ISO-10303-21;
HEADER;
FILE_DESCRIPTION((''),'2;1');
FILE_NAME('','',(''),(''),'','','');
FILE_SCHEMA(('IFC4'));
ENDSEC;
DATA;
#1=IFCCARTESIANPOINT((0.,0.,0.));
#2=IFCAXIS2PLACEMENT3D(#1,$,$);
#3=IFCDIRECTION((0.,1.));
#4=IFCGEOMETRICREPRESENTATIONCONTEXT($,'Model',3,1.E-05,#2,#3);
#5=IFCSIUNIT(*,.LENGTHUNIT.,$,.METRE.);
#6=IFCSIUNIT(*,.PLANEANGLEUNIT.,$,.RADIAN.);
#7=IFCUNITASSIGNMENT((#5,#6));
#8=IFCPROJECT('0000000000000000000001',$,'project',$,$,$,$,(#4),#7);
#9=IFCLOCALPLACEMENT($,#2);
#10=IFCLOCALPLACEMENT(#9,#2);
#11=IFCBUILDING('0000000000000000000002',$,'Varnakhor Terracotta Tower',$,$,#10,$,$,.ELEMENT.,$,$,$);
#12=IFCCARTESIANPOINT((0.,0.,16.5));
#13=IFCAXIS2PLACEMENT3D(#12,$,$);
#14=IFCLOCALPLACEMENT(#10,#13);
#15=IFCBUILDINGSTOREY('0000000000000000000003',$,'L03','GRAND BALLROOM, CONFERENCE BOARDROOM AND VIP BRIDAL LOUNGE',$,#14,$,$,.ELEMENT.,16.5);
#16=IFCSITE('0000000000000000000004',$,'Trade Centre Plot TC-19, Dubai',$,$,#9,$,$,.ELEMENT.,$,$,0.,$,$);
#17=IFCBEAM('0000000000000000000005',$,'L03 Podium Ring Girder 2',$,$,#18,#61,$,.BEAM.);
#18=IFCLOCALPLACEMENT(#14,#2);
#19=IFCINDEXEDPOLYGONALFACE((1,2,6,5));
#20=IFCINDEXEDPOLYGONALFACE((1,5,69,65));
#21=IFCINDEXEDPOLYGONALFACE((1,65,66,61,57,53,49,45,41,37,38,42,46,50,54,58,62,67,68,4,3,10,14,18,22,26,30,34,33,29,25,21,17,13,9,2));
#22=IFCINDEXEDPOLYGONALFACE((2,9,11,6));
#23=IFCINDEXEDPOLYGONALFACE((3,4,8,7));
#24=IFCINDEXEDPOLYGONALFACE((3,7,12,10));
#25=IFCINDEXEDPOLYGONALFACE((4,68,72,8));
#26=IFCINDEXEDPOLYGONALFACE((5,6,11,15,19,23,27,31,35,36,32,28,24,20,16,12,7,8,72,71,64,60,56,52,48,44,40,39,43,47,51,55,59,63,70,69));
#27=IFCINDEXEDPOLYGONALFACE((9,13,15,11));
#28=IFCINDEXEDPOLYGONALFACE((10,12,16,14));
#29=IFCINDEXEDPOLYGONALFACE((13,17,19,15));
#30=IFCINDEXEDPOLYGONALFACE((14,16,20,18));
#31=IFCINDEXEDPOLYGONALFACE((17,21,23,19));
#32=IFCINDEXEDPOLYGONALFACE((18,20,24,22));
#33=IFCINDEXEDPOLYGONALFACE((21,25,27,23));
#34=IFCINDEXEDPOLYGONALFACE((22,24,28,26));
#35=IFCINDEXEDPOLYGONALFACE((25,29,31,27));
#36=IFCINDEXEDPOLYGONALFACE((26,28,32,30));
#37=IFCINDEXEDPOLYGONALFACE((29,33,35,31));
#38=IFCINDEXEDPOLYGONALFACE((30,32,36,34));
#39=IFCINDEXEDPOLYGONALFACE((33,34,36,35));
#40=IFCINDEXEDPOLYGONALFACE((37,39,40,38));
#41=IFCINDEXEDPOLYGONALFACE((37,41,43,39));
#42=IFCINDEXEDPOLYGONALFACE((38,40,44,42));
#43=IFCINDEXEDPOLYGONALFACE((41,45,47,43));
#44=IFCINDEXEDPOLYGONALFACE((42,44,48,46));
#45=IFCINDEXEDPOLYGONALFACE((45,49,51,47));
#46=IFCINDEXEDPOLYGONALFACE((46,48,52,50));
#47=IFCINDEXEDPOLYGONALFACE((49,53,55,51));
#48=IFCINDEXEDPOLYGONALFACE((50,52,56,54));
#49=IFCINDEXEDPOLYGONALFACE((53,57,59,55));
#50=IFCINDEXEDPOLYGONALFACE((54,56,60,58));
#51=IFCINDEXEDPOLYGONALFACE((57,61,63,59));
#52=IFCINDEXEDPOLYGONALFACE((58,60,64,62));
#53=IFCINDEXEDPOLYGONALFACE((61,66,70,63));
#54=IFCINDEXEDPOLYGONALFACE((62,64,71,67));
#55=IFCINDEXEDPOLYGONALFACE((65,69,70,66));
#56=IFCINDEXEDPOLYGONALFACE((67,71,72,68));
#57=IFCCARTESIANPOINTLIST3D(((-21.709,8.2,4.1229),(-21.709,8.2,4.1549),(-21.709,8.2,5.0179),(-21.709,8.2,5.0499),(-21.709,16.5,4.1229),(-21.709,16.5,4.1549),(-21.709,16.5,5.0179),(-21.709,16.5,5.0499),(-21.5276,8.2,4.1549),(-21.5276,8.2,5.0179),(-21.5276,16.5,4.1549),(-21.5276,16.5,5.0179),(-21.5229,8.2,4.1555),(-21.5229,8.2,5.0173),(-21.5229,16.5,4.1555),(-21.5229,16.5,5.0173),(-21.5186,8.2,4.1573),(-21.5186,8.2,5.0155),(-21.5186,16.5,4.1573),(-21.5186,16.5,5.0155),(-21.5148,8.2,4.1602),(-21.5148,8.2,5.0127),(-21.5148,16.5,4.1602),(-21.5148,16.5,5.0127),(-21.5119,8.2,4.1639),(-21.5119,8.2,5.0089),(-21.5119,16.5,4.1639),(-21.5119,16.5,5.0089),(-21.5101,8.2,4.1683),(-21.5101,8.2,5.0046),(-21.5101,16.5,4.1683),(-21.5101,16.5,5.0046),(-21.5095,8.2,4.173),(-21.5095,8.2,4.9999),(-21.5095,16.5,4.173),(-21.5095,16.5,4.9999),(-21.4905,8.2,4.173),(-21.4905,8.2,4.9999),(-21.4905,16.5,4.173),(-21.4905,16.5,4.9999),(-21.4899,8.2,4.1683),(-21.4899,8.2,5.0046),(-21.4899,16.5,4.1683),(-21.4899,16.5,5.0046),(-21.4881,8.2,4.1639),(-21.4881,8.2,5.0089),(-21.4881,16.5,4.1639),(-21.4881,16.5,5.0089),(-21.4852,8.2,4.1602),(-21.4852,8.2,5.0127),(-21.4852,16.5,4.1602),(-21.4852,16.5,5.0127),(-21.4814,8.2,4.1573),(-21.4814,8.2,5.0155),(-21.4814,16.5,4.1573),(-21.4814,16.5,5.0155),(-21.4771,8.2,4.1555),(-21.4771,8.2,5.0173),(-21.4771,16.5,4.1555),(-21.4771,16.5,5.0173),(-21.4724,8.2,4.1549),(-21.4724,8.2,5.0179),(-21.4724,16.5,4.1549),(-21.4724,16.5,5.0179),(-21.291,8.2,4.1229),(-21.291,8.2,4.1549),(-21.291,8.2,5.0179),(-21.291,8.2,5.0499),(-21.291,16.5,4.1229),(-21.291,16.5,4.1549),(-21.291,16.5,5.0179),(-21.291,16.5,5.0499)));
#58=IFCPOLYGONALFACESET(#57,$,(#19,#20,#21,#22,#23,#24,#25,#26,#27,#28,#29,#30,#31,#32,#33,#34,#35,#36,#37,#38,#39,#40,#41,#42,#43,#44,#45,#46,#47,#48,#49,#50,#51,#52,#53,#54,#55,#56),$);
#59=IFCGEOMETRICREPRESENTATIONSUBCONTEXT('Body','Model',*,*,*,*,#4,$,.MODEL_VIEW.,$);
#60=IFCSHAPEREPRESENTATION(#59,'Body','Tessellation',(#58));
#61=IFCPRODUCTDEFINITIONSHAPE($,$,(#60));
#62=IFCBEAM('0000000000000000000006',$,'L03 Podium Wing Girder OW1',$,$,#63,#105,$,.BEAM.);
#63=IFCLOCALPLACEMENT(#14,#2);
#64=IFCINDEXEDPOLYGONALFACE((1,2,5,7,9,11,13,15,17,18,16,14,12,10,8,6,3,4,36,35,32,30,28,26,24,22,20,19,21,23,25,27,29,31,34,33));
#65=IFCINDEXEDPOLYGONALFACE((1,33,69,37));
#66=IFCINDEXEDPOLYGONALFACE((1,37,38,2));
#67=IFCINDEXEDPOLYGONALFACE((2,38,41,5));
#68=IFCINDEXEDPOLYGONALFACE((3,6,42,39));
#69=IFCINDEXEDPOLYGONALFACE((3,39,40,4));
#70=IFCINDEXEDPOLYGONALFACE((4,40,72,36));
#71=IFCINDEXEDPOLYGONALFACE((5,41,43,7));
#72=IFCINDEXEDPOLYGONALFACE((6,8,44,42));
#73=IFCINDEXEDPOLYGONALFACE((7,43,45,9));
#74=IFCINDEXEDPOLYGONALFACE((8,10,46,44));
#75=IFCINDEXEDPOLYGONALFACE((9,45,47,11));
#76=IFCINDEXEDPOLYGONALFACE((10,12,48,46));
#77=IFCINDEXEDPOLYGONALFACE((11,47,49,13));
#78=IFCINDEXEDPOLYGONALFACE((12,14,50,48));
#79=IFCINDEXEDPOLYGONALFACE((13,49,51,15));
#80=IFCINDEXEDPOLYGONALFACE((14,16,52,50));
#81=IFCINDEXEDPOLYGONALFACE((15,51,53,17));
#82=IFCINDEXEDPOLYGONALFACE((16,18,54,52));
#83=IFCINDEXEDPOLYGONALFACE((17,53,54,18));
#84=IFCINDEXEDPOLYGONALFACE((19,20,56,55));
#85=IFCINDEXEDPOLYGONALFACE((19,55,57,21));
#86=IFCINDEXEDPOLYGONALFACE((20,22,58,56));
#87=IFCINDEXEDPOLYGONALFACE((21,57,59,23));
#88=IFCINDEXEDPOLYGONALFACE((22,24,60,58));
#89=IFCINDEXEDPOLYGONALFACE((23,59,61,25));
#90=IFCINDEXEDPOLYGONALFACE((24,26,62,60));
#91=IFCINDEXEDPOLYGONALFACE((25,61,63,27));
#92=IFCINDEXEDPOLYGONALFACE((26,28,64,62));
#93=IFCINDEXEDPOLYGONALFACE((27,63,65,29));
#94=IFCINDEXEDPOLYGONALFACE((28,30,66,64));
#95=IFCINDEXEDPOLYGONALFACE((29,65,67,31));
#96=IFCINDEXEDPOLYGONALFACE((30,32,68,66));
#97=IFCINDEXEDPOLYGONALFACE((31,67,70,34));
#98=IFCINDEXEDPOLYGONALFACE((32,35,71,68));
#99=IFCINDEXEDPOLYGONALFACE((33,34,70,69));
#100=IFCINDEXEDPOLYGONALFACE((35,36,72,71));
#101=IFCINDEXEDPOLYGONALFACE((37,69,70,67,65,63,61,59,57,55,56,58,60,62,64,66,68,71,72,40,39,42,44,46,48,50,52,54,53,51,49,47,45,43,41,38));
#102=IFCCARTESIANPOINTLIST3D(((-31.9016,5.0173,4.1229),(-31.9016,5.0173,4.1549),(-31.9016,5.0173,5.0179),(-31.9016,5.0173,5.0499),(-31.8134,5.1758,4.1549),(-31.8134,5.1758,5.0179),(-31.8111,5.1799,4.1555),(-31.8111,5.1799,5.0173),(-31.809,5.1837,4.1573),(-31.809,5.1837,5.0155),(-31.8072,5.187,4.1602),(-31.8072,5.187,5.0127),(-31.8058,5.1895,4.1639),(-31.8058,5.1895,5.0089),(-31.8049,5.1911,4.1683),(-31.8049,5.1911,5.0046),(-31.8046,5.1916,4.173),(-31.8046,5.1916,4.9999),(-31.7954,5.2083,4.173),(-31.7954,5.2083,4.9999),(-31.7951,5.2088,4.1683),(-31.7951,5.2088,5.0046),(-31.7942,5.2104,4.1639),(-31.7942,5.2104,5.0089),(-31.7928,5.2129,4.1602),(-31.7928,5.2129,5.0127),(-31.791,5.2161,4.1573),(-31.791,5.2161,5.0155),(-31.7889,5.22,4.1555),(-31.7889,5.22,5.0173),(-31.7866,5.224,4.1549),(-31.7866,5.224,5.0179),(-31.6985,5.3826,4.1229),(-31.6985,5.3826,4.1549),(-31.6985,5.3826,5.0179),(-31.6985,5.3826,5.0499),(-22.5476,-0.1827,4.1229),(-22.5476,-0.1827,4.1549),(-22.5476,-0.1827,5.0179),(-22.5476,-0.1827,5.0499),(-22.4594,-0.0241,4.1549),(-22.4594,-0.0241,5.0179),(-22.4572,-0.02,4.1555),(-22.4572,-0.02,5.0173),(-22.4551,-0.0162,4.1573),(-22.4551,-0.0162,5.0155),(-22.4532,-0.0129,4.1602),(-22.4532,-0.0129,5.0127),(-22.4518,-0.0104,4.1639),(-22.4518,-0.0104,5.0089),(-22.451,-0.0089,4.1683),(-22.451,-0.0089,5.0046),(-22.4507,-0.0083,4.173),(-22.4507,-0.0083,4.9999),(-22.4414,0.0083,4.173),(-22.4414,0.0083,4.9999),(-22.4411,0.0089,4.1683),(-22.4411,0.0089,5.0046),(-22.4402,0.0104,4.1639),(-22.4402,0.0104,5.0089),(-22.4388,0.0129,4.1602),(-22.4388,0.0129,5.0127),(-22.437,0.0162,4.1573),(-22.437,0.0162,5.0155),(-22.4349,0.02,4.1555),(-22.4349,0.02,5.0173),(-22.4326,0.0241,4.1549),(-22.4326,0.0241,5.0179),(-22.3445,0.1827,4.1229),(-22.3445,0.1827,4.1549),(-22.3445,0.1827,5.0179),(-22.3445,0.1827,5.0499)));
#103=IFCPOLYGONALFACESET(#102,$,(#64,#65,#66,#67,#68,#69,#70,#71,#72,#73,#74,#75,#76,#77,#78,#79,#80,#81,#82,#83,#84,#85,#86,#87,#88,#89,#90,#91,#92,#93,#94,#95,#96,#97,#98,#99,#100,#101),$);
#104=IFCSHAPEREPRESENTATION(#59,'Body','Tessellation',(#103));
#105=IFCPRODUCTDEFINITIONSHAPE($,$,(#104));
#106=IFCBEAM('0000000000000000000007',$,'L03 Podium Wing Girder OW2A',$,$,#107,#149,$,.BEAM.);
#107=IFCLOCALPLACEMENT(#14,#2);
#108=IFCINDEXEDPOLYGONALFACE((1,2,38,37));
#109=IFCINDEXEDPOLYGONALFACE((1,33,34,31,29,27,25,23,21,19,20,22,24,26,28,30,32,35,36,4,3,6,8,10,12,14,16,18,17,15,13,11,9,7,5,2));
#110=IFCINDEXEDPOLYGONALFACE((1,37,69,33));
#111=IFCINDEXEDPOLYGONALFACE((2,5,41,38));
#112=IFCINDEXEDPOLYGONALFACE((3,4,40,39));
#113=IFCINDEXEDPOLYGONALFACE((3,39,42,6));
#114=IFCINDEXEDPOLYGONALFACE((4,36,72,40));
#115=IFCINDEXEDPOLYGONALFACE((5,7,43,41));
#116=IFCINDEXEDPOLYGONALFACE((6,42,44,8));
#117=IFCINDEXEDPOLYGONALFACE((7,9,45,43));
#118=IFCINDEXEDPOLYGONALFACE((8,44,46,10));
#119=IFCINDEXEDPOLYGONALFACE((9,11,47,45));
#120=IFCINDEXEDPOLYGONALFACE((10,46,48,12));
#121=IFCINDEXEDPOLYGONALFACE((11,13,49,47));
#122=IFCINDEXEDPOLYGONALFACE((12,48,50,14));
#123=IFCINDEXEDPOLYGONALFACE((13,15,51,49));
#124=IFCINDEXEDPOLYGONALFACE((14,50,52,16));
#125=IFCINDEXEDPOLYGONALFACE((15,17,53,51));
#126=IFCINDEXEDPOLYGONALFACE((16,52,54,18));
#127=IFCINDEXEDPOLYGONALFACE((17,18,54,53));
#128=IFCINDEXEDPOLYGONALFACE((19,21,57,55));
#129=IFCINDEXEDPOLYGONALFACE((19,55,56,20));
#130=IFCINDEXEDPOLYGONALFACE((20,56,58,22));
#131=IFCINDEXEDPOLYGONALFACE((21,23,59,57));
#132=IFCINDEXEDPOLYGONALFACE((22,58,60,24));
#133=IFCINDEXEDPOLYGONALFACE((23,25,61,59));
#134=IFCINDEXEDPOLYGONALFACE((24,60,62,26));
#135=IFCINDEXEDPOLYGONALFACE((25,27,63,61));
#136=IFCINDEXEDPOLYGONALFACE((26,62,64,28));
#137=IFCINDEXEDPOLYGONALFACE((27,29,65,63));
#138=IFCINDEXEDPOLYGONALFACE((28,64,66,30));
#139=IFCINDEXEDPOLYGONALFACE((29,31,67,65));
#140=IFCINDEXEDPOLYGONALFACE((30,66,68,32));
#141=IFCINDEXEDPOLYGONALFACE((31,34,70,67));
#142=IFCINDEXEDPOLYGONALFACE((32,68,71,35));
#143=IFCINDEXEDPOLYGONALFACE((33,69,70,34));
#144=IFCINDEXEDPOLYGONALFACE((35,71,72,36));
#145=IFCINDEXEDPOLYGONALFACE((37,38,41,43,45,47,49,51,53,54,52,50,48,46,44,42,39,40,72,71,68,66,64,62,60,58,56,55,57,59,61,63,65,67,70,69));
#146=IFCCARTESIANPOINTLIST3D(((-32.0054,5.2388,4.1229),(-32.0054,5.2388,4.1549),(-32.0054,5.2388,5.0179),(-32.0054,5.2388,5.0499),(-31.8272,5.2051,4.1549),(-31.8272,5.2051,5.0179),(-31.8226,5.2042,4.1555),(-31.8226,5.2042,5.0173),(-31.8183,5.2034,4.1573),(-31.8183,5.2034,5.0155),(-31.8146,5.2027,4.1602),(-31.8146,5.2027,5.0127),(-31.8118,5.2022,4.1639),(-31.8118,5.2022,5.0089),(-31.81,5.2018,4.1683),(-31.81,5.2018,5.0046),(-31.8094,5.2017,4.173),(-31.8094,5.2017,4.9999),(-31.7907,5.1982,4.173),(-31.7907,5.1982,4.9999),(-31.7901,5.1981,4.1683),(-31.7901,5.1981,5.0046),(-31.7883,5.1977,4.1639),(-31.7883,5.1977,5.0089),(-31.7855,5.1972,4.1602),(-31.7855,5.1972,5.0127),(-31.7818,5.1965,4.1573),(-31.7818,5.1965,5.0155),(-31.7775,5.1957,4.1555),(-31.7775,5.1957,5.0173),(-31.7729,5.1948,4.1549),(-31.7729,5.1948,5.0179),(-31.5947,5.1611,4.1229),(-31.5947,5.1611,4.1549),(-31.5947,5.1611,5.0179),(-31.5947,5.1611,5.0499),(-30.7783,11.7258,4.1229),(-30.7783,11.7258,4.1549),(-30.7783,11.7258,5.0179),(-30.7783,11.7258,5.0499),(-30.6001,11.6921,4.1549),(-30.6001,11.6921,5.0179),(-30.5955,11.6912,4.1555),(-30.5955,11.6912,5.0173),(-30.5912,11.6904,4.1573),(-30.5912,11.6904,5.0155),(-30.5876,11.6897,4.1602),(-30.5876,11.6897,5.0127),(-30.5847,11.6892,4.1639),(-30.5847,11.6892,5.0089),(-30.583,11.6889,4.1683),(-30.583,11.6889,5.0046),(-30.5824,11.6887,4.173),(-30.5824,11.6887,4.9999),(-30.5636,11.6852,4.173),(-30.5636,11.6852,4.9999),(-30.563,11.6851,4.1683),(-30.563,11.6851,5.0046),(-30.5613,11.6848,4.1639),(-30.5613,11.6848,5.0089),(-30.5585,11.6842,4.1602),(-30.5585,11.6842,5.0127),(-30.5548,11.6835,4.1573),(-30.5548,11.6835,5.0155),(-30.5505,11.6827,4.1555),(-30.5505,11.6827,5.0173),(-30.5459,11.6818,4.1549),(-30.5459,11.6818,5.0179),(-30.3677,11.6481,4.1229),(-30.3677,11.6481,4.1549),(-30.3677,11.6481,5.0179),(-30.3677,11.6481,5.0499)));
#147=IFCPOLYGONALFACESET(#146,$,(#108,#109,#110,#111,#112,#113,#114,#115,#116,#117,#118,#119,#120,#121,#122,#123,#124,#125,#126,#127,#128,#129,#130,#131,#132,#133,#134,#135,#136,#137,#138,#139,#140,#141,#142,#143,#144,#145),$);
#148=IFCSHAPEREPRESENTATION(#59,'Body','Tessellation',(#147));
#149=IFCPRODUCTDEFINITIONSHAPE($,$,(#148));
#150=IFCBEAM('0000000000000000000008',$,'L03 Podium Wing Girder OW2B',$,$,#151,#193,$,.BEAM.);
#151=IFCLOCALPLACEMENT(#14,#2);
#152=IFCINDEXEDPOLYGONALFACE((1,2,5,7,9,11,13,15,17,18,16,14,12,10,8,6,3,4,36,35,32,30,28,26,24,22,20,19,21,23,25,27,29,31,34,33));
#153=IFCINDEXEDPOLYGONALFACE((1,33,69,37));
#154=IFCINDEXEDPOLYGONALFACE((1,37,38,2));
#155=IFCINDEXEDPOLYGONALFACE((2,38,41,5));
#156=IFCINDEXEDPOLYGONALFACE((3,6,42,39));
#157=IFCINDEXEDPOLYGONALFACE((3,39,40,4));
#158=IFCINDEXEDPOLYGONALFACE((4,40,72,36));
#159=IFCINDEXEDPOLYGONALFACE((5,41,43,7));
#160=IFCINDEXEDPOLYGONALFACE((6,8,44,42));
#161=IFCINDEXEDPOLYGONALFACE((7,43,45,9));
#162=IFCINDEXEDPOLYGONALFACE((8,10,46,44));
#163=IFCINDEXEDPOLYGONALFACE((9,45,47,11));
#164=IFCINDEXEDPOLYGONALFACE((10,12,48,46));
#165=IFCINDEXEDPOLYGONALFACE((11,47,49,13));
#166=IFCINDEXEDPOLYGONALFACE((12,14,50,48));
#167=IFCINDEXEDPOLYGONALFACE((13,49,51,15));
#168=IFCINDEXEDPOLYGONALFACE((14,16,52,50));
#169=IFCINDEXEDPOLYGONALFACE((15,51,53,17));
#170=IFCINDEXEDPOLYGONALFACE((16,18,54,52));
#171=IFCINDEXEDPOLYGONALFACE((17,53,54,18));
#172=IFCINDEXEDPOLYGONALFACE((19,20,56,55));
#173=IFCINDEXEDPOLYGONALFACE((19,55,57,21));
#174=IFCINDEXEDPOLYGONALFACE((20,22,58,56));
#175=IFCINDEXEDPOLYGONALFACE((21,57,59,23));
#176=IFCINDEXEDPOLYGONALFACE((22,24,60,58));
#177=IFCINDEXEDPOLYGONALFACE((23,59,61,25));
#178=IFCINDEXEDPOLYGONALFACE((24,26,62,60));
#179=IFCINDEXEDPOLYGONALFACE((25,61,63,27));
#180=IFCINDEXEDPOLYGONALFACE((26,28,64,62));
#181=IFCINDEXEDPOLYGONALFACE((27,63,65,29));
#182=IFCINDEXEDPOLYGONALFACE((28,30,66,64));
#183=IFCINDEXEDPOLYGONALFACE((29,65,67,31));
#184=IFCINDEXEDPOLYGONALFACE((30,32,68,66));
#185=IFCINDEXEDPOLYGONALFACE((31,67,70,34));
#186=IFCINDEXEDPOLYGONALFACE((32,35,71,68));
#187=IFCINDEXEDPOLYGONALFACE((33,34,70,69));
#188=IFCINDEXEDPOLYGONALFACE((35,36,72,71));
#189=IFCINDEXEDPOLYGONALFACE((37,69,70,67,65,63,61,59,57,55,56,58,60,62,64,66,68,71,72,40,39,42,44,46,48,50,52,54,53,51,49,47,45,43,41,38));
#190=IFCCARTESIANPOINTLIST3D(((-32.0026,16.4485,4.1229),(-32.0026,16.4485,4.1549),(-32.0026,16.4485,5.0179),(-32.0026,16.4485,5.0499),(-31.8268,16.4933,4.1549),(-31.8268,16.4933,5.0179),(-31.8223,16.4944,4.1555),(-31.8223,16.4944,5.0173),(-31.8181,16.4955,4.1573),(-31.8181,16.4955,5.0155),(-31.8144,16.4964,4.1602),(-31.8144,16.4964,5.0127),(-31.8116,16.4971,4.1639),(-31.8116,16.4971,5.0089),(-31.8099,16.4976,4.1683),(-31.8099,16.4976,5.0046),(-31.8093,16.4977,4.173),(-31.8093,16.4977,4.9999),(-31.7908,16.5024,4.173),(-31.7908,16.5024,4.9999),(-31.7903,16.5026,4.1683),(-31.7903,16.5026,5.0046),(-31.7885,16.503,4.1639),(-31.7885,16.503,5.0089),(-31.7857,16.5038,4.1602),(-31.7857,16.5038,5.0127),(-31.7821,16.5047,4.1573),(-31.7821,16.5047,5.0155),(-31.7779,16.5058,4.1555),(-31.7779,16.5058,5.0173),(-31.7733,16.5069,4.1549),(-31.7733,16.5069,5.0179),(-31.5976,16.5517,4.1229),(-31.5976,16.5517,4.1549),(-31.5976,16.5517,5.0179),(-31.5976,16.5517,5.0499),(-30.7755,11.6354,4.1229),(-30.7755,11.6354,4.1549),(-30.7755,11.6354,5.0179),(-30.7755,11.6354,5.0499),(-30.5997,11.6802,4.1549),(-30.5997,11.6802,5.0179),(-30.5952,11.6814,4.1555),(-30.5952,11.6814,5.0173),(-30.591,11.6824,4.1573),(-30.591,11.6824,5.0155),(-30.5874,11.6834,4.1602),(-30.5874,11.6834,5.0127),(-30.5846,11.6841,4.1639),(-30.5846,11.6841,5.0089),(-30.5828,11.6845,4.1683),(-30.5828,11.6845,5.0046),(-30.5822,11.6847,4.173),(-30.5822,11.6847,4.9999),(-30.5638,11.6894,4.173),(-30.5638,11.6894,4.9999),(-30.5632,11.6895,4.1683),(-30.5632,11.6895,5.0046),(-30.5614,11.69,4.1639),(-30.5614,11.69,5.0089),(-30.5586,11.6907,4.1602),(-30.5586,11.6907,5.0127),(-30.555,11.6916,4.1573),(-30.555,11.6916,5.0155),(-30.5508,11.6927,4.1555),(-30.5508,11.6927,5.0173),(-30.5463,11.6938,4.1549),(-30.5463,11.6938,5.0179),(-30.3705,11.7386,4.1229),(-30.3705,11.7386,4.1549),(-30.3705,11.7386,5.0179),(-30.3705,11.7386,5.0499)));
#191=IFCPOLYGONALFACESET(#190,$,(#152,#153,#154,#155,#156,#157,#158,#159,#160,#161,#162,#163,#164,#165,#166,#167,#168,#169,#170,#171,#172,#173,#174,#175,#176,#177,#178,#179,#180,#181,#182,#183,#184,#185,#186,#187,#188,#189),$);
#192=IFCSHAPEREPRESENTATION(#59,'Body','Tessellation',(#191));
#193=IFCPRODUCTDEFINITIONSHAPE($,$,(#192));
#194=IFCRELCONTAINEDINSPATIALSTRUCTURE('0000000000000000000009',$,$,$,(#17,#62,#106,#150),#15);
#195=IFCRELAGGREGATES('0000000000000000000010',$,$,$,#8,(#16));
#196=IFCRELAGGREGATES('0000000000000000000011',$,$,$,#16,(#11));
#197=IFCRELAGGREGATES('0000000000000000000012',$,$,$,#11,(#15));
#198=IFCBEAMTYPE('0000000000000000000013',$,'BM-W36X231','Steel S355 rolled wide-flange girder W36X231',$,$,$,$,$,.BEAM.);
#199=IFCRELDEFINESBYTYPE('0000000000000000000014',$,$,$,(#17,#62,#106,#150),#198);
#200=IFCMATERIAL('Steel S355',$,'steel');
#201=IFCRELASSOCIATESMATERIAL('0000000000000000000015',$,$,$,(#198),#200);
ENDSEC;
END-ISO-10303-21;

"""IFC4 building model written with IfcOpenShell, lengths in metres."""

from ifc_helpers import new_model, si_unit, direction, frame, origin, origin_2d, place, context, subcontext, project, spatial, i_section, extrude, source, transform, mapped, material, material_profile, profile_set, type_object, element, save


model = new_model("IFC4")

# Units and contexts
model_context = context("Model", 3, precision=1e-05, world=origin(), true_north=direction((0.0, 1.0)))
body_context = subcontext(model_context, "Body", "Model", "MODEL_VIEW")
ifc_project = project(units=[si_unit("LENGTHUNIT", "METRE"), si_unit("PLANEANGLEUNIT", "RADIAN")], contexts=[model_context])

# Site, building, storey
site_placement = place(None, origin())
site = spatial("IfcSite", under=ifc_project, at=site_placement, Name="Trade Centre Plot TC-19, Dubai", CompositionType="ELEMENT", RefElevation=0.0)
building_placement = place(site_placement, origin())
building = spatial("IfcBuilding", under=site, at=building_placement, Name="Varnakhor Terracotta Tower", CompositionType="ELEMENT")
storey_placement = place(building_placement, frame((0.0, 0.0, 16.5)))
storey = spatial("IfcBuildingStorey", under=building, at=storey_placement, Name="L03", Description="GRAND BALLROOM, CONFERENCE BOARDROOM AND VIP BRIDAL LOUNGE", CompositionType="ELEMENT", Elevation=16.5)

# Beams
ifc_material_1 = material(Name="Steel S355", Category="steel")
ifc_material_profile_1 = material_profile(ifc_material_1, i_section(OverallWidth=0.418, OverallDepth=0.927, WebThickness=0.019, FlangeThickness=0.032, FilletRadius=0.0181, at=origin_2d()), Name="W36X231")
ifc_profile_set_1 = profile_set([ifc_material_profile_1], Name="Steel S355")
beam_type_1 = type_object("IfcBeamType", Name="BM-W36X231", Description="Steel S355 rolled wide-flange girder W36X231", PredefinedType="BEAM", material=ifc_profile_set_1)
shared_shape_1 = source(origin(), body_context, "Body", "SweptSolid", [
    extrude(i_section(OverallWidth=0.418, OverallDepth=0.927, WebThickness=0.019, FlangeThickness=0.032, FilletRadius=0.0181, at=origin_2d()), origin(), (0.0, 0.0, 1.0), 8.3),
])
beam_1_placement = place(storey_placement, frame((-21.5, 8.2, 4.5864), z_axis=(0.0, 1.0, 0.0), x_axis=(-1.0, 0.0, 0.0)))
element("IfcBeam", 1, at=beam_1_placement, inside=storey, type_object=beam_type_1, Name="L03 Podium Ring Girder 2", PredefinedType="BEAM", context=body_context, shape_type="MappedRepresentation", body=[
    mapped(shared_shape_1, transform((0.0, 0.0, 0.0), scale=1.0)),
])
shared_shape_2 = source(origin(), body_context, "Body", "SweptSolid", [
    extrude(i_section(OverallWidth=0.418, OverallDepth=0.927, WebThickness=0.019, FlangeThickness=0.032, FilletRadius=0.0181, at=origin_2d()), origin(), (0.0, 0.0, 1.0), 10.7021),
])
beam_2_placement = place(storey_placement, frame((-22.446, 0.0, 4.5864), z_axis=(-0.874027, 0.485877, 0.0), x_axis=(-0.485877, -0.874027, 0.0)))
element("IfcBeam", 2, at=beam_2_placement, inside=storey, type_object=beam_type_1, Name="L03 Podium Wing Girder OW1", PredefinedType="BEAM", context=body_context, shape_type="MappedRepresentation", body=[
    mapped(shared_shape_2, transform((0.0, 0.0, 0.0), scale=1.0)),
])
shared_shape_3 = source(origin(), body_context, "Body", "SweptSolid", [
    extrude(i_section(OverallWidth=0.418, OverallDepth=0.927, WebThickness=0.019, FlangeThickness=0.032, FilletRadius=0.0181, at=origin_2d()), origin(), (0.0, 0.0, 1.0), 6.6021),
])
beam_3_placement = place(storey_placement, frame((-31.8, 5.2, 4.5864), z_axis=(0.185858, 0.982577, 0.0), x_axis=(-0.982577, 0.185858, 0.0)))
element("IfcBeam", 3, at=beam_3_placement, inside=storey, type_object=beam_type_1, Name="L03 Podium Wing Girder OW2A", PredefinedType="BEAM", context=body_context, shape_type="MappedRepresentation", body=[
    mapped(shared_shape_3, transform((0.0, 0.0, 0.0), scale=1.0)),
])
shared_shape_4 = source(origin(), body_context, "Body", "SweptSolid", [
    extrude(i_section(OverallWidth=0.418, OverallDepth=0.927, WebThickness=0.019, FlangeThickness=0.032, FilletRadius=0.0181, at=origin_2d()), origin(), (0.0, 0.0, 1.0), 4.967),
])
beam_4_placement = place(storey_placement, frame((-30.573, 11.687, 4.5864), z_axis=(-0.247044, 0.969004, 0.0), x_axis=(-0.969004, -0.247044, 0.0)))
element("IfcBeam", 4, at=beam_4_placement, inside=storey, type_object=beam_type_1, Name="L03 Podium Wing Girder OW2B", PredefinedType="BEAM", context=body_context, shape_type="MappedRepresentation", body=[
    mapped(shared_shape_4, transform((0.0, 0.0, 0.0), scale=1.0)),
])

save(model, "model.ifc")
